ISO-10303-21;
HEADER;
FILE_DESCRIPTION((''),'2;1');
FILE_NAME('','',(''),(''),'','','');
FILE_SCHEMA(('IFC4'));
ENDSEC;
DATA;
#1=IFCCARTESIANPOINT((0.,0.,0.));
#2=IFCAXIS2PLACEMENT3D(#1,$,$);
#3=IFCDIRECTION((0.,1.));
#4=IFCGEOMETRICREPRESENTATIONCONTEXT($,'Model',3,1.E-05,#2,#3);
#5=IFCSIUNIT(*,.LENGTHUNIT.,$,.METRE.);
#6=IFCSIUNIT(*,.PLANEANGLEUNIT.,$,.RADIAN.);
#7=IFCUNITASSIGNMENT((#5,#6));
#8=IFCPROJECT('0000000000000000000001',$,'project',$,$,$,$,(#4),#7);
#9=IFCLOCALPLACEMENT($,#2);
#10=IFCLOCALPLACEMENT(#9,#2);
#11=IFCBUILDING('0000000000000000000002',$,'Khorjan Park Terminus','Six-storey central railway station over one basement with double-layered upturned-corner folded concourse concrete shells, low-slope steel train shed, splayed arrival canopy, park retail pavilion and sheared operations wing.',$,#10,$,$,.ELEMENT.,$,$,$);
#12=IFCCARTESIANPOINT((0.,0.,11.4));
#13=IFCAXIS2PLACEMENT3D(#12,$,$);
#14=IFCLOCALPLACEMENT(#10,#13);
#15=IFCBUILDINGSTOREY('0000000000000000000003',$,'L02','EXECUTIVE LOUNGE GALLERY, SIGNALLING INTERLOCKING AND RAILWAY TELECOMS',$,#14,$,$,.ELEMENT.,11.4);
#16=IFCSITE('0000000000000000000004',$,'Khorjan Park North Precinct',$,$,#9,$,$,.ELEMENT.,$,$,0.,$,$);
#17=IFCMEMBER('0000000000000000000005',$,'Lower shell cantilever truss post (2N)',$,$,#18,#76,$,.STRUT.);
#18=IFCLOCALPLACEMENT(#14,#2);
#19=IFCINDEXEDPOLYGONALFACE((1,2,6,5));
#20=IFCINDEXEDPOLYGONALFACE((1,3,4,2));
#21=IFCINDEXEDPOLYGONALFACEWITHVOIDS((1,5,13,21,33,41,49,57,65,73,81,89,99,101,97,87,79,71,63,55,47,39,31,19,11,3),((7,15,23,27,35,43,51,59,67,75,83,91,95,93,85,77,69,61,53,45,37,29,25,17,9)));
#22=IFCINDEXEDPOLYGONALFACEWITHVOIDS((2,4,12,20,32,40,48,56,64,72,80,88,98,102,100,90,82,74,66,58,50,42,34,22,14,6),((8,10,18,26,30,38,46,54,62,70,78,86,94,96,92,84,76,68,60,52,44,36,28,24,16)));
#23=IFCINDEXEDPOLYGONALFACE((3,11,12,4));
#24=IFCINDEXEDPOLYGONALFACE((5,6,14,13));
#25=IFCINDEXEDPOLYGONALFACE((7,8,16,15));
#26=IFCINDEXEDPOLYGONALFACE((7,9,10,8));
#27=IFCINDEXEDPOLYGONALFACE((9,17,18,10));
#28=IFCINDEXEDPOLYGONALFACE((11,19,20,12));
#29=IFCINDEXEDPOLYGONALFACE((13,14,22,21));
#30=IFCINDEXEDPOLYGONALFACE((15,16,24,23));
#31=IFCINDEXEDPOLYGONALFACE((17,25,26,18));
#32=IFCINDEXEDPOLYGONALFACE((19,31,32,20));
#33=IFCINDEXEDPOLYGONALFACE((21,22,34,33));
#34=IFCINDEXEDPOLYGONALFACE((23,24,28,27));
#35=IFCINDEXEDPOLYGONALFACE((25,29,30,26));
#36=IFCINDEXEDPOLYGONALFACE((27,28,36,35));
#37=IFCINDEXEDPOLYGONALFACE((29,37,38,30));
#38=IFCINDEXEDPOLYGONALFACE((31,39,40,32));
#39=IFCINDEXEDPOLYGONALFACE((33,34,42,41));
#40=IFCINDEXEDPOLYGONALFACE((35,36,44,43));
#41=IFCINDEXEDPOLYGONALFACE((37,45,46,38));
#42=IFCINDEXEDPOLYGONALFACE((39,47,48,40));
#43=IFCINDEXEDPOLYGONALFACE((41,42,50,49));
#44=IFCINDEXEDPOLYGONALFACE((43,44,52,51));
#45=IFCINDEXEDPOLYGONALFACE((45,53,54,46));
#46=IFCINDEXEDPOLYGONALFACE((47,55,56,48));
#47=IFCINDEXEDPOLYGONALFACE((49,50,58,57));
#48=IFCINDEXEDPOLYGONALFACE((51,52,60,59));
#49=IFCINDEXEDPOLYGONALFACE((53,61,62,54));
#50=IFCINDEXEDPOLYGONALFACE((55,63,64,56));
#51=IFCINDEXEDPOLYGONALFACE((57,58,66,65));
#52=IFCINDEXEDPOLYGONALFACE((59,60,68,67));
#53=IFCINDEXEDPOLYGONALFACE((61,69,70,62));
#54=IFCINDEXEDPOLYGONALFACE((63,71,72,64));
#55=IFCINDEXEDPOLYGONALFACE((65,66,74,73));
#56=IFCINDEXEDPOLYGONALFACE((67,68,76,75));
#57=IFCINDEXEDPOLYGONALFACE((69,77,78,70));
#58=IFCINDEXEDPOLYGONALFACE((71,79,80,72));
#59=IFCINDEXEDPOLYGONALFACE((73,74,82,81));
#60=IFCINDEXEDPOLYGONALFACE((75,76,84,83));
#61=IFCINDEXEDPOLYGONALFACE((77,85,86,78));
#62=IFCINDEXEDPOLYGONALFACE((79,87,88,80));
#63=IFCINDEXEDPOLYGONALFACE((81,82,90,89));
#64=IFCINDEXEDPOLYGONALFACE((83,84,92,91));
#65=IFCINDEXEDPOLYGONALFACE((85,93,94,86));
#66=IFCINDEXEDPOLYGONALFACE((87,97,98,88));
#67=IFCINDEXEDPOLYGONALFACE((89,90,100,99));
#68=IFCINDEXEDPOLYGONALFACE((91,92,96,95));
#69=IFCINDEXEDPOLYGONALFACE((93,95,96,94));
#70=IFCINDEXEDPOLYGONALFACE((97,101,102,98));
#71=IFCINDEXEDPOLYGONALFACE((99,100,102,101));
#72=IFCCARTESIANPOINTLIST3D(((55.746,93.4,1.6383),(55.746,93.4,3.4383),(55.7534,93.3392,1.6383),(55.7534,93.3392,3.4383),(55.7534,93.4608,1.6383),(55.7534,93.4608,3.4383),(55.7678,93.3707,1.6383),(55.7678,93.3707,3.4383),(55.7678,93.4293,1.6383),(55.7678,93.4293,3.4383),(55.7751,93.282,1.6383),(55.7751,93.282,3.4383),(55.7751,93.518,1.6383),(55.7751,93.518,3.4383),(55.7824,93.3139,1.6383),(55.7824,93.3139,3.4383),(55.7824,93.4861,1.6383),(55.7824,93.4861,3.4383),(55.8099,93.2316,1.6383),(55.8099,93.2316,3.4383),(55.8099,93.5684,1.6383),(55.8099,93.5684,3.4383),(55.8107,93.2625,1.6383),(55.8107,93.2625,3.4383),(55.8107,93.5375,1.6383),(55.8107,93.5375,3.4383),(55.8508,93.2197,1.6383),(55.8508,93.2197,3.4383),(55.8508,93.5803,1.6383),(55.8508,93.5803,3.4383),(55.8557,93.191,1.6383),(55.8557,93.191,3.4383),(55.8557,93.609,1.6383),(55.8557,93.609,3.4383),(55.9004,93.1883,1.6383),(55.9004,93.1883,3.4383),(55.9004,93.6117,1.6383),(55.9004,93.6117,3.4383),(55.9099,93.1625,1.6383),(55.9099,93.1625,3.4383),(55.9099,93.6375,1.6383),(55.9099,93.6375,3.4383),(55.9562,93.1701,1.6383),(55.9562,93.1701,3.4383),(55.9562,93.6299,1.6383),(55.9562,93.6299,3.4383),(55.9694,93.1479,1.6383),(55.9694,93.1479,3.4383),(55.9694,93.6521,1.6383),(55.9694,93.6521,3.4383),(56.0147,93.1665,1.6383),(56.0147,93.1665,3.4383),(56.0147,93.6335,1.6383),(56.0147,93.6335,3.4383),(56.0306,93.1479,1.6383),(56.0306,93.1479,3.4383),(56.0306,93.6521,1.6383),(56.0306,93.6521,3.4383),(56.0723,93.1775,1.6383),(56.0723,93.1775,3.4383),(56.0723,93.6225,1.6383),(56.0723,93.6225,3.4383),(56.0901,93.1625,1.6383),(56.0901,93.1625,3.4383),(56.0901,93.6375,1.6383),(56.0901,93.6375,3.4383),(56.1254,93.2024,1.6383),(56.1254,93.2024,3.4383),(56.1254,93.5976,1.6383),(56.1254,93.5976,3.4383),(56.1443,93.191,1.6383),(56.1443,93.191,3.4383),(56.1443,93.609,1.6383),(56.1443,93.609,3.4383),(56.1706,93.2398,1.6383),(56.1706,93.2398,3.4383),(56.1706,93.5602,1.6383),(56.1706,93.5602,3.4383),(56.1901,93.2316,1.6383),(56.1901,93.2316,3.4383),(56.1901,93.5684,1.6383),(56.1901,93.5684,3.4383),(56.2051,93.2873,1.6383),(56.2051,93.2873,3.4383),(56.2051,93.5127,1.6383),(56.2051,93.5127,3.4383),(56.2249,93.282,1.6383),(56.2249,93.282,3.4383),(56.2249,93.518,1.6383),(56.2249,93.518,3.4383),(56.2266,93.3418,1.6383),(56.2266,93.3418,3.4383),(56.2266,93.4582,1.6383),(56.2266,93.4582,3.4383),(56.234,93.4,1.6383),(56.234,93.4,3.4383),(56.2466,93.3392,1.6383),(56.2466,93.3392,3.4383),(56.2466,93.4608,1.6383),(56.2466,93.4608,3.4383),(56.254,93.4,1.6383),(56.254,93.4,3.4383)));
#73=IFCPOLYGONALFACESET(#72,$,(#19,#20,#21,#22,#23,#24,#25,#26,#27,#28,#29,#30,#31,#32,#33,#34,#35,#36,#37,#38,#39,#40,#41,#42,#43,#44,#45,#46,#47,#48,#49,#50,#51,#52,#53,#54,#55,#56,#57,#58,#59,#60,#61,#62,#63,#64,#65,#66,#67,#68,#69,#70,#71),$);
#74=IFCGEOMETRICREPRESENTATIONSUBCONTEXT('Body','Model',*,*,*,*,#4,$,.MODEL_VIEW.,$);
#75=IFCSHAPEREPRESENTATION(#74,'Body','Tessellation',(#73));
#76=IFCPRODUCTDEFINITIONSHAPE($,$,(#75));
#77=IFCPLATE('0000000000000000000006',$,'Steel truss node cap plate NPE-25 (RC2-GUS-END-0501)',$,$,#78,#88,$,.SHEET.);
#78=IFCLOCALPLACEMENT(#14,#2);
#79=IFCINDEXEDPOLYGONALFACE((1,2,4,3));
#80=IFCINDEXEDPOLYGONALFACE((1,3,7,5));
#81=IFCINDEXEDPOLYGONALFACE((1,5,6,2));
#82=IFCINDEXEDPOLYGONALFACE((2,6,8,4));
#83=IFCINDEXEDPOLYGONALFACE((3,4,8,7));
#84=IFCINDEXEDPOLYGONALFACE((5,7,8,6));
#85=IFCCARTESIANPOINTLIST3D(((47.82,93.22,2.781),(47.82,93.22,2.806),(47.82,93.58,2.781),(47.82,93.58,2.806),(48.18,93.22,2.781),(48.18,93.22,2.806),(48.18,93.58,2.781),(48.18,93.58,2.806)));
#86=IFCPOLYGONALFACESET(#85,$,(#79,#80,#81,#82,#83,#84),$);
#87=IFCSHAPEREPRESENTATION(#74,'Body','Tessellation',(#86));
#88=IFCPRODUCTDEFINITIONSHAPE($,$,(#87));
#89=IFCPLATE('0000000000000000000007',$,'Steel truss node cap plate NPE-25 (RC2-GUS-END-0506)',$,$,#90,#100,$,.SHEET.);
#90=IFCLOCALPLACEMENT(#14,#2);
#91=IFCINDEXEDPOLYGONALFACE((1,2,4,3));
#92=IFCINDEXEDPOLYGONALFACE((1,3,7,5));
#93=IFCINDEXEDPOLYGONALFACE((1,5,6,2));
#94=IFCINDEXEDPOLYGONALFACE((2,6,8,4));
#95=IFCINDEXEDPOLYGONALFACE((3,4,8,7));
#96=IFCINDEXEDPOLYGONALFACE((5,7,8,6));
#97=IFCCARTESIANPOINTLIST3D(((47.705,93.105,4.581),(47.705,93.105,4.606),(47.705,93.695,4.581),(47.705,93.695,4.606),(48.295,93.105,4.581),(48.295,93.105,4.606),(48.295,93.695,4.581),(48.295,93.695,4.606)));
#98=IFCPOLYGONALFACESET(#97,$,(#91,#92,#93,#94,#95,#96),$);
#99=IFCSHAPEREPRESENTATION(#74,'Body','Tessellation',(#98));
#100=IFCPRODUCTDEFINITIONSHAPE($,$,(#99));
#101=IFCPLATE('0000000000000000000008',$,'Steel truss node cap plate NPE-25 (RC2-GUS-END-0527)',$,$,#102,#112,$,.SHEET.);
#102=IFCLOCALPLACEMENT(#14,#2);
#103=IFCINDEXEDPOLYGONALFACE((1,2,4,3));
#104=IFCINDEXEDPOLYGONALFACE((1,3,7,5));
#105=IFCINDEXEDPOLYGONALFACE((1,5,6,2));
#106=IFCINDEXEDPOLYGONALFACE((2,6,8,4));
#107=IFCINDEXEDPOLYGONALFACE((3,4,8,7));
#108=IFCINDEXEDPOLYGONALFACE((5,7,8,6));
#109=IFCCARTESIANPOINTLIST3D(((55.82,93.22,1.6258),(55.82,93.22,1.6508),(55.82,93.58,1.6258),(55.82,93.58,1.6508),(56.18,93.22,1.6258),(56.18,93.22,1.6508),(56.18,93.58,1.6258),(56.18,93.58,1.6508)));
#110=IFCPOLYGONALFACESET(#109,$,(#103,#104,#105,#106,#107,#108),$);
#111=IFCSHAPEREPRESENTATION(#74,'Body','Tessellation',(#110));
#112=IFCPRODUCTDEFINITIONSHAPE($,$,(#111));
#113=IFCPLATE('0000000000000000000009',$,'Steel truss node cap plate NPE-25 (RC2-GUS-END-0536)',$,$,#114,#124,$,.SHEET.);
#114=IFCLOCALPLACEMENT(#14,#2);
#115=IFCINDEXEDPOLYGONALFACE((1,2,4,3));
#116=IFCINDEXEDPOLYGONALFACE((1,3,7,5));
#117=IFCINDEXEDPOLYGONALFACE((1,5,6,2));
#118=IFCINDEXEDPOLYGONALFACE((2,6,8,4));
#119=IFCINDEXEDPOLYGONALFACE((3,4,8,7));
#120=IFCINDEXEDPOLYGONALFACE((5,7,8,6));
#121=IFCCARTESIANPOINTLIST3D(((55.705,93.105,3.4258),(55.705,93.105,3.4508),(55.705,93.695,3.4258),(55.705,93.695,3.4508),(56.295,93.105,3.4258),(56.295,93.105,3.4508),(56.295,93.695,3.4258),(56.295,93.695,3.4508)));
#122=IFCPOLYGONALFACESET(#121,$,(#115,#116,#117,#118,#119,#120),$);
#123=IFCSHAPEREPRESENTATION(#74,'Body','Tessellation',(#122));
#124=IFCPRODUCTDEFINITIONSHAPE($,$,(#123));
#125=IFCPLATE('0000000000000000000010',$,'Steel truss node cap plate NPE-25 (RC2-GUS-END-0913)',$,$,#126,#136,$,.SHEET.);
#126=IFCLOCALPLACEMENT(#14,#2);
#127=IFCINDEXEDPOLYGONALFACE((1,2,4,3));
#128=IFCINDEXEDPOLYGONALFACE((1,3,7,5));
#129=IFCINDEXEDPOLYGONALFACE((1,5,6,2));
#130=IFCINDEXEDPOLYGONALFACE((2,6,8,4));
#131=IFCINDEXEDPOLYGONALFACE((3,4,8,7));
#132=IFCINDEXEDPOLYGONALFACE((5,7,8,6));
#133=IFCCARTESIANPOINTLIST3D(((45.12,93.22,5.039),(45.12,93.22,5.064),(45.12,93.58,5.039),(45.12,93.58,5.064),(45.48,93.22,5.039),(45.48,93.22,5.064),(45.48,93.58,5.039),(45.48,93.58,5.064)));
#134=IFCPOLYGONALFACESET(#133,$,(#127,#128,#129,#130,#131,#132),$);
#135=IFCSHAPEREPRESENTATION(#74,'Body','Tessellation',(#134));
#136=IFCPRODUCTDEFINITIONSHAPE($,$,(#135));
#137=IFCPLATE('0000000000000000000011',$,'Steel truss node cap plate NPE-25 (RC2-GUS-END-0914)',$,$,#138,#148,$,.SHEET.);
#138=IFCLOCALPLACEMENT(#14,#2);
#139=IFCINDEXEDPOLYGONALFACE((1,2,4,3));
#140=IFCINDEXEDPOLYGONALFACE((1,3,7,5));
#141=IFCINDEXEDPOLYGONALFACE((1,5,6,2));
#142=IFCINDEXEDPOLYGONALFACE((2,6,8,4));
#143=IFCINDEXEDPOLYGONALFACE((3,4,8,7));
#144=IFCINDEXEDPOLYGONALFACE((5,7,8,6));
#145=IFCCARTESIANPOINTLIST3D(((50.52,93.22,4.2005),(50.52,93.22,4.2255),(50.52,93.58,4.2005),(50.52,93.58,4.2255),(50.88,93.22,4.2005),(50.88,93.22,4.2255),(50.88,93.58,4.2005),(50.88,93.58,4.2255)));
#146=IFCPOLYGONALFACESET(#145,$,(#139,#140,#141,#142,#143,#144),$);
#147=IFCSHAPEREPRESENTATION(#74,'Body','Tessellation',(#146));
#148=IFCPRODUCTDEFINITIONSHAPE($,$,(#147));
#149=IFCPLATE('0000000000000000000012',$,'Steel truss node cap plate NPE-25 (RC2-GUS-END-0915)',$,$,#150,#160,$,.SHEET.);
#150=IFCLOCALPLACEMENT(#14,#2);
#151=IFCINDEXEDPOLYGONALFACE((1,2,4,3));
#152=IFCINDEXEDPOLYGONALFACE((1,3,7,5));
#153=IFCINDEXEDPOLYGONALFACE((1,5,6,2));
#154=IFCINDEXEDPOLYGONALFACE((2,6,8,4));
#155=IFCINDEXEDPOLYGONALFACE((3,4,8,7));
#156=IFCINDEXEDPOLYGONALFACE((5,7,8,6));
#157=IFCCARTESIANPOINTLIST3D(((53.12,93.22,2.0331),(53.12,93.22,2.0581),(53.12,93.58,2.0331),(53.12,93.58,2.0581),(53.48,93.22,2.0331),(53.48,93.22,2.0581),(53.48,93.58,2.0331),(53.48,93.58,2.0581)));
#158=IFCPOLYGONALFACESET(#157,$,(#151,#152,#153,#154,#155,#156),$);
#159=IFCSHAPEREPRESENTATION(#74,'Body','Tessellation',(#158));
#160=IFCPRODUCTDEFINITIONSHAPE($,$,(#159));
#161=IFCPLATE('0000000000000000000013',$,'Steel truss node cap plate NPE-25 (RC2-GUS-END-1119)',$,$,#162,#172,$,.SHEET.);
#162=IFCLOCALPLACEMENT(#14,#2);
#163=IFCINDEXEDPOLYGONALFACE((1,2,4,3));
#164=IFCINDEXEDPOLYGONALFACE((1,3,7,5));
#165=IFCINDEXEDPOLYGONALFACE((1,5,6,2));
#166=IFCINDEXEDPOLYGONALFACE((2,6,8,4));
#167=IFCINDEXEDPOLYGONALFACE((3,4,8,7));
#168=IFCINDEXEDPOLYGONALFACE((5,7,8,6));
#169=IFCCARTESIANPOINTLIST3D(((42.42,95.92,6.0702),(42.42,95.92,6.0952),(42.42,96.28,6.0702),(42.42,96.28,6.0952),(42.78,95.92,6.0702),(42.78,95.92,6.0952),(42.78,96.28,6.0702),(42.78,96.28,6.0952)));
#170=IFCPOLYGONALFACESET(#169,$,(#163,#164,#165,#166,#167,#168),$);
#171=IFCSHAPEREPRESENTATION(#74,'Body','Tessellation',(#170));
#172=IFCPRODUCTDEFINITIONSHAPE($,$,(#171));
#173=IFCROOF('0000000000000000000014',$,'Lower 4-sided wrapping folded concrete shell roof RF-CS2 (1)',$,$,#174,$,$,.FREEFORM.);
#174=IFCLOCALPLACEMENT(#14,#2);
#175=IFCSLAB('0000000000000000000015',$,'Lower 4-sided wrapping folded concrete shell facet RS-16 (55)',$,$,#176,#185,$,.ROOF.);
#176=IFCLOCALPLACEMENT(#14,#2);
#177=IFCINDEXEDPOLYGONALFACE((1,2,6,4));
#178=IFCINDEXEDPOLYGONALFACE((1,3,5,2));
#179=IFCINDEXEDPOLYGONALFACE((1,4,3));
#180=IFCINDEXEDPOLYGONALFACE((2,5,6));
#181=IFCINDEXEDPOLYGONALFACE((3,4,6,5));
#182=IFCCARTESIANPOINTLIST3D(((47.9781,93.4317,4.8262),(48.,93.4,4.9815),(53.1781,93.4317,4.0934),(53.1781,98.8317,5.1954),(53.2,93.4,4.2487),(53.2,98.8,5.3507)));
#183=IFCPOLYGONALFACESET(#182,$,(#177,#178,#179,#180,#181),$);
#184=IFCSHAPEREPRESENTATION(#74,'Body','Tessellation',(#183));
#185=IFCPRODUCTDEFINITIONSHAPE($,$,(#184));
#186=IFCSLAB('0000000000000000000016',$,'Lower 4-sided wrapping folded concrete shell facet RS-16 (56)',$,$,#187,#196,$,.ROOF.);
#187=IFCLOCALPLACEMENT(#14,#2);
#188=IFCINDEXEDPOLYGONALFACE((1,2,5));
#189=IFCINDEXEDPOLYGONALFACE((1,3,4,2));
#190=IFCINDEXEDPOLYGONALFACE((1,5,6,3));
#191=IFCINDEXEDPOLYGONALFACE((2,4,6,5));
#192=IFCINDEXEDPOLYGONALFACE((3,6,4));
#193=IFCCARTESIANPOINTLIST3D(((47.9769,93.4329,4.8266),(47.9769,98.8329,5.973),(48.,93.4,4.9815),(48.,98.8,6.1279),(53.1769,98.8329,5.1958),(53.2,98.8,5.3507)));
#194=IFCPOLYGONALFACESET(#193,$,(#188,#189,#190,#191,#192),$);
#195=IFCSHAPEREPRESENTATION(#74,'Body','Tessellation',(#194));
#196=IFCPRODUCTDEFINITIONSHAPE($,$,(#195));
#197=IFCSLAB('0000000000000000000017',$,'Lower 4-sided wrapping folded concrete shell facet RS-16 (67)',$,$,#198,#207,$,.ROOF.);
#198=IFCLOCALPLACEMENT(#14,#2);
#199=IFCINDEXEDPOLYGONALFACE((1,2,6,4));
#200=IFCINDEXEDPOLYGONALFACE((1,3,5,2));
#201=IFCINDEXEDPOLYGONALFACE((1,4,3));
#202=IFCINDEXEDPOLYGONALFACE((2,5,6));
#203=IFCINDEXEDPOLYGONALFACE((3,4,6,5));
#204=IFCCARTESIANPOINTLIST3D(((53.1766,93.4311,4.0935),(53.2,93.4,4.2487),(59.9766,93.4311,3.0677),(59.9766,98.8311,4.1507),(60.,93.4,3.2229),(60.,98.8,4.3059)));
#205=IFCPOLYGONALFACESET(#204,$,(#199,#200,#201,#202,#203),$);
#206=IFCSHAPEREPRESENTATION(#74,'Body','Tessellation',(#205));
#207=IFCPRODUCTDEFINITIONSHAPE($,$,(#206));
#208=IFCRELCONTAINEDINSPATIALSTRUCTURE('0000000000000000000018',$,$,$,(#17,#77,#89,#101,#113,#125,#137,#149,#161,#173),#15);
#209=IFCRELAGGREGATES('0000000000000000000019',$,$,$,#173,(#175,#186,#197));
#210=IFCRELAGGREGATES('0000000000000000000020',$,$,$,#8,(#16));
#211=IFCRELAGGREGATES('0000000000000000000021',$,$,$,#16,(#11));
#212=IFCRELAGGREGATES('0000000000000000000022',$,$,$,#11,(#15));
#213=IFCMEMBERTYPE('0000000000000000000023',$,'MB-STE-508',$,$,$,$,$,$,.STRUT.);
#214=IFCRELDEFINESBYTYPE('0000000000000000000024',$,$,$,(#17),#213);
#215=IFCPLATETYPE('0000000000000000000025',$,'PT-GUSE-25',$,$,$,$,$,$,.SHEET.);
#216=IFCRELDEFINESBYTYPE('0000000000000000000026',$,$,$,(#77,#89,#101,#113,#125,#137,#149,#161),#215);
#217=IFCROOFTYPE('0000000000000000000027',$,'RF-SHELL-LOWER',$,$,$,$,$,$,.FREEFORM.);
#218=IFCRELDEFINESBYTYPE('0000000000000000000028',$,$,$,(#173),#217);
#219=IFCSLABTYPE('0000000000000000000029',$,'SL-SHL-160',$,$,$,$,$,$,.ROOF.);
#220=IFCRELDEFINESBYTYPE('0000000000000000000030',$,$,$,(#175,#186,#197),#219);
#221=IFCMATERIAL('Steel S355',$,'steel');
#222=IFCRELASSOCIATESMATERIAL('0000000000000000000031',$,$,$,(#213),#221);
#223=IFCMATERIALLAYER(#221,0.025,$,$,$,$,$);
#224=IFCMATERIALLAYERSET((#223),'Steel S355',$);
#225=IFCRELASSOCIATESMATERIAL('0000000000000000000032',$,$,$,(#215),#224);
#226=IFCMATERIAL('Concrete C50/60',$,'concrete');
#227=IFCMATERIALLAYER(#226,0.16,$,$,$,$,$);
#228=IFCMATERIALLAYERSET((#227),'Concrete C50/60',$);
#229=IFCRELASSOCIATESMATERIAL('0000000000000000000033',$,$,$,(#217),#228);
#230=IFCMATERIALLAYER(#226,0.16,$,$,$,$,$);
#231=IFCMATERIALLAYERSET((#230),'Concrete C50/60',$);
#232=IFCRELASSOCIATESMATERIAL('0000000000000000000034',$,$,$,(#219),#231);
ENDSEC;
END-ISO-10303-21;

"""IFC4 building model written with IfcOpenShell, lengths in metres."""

from ifc_helpers import new_model, si_unit, direction, frame, origin, origin_2d, place, context, subcontext, project, spatial, polyline, rectangle, hollow_circle, outline, extrude, material, layer, layer_set, material_profile, profile_set, type_object, element, aggregate, save


model = new_model("IFC4")

# Units and contexts
model_context = context("Model", 3, precision=1e-05, world=origin(), true_north=direction((0.0, 1.0)))
body_context = subcontext(model_context, "Body", "Model", "MODEL_VIEW")
ifc_project = project(units=[si_unit("LENGTHUNIT", "METRE"), si_unit("PLANEANGLEUNIT", "RADIAN")], contexts=[model_context])

# Site, building, storey
site_placement = place(None, origin())
site = spatial("IfcSite", under=ifc_project, at=site_placement, Name="Khorjan Park North Precinct", CompositionType="ELEMENT", RefElevation=0.0)
building_placement = place(site_placement, origin())
building = spatial("IfcBuilding", under=site, at=building_placement, Name="Khorjan Park Terminus", Description="Six-storey central railway station over one basement with double-layered upturned-corner folded concourse concrete shells, low-slope steel train shed, splayed arrival canopy, park retail pavilion and sheared operations wing.", CompositionType="ELEMENT")
storey_placement = place(building_placement, frame((0.0, 0.0, 11.4)))
storey = spatial("IfcBuildingStorey", under=building, at=storey_placement, Name="L02", Description="EXECUTIVE LOUNGE GALLERY, SIGNALLING INTERLOCKING AND RAILWAY TELECOMS", CompositionType="ELEMENT", Elevation=11.4)

# Member
ifc_material_1 = material(Name="Steel S355", Category="steel")
ifc_material_profile_1 = material_profile(ifc_material_1, hollow_circle(Radius=0.254, WallThickness=0.02, at=origin_2d()), Name="CHS 508x20")
ifc_profile_set_1 = profile_set([ifc_material_profile_1], Name="Steel S355")
member_type_1 = type_object("IfcMemberType", Name="MB-STE-508", PredefinedType="STRUT", material=ifc_profile_set_1)
for number, where, z_axis, x_axis, name in (
    (1, (56.0, 93.4, 1.6383), (0.0, 0.0, 1.0), (1.0, 0.0, 0.0), "Lower shell cantilever truss post (2N)"),
):
    element("IfcMember", number, at=place(storey_placement, frame(where, z_axis=z_axis, x_axis=x_axis)), inside=storey, type_object=member_type_1, Name=name, PredefinedType="STRUT", context=body_context, shape_type="SweptSolid", body=[
        extrude(hollow_circle(Radius=0.254, WallThickness=0.02, at=origin_2d()), origin(), (0.0, 0.0, 1.0), 1.8),
    ])

# Plates
ifc_layer_1 = layer(ifc_material_1, 0.025)
ifc_layer_set_1 = layer_set([ifc_layer_1], Name="Steel S355")
plate_type = type_object("IfcPlateType", Name="PT-GUSE-25", PredefinedType="SHEET", material=ifc_layer_set_1)
plate_1_placement = place(storey_placement, frame((48.0, 93.4, 2.781), z_axis=(0.0, 0.0, 1.0), x_axis=(1.0, 0.0, 0.0)))
element("IfcPlate", 2, at=plate_1_placement, inside=storey, type_object=plate_type, Name="Steel truss node cap plate NPE-25 (RC2-GUS-END-0501)", PredefinedType="SHEET", context=body_context, shape_type="SweptSolid", body=[
    extrude(rectangle(XDim=0.36, YDim=0.36, at=origin_2d()), origin(), (0.0, 0.0, 1.0), 0.025),
])
plate_2_placement = place(storey_placement, frame((48.0, 93.4, 4.581), z_axis=(0.0, 0.0, 1.0), x_axis=(1.0, 0.0, 0.0)))
element("IfcPlate", 3, at=plate_2_placement, inside=storey, type_object=plate_type, Name="Steel truss node cap plate NPE-25 (RC2-GUS-END-0506)", PredefinedType="SHEET", context=body_context, shape_type="SweptSolid", body=[
    extrude(rectangle(XDim=0.59, YDim=0.59, at=origin_2d()), origin(), (0.0, 0.0, 1.0), 0.025),
])
plate_3_placement = place(storey_placement, frame((56.0, 93.4, 1.6258), z_axis=(0.0, 0.0, 1.0), x_axis=(1.0, 0.0, 0.0)))
element("IfcPlate", 4, at=plate_3_placement, inside=storey, type_object=plate_type, Name="Steel truss node cap plate NPE-25 (RC2-GUS-END-0527)", PredefinedType="SHEET", context=body_context, shape_type="SweptSolid", body=[
    extrude(rectangle(XDim=0.36, YDim=0.36, at=origin_2d()), origin(), (0.0, 0.0, 1.0), 0.025),
])
plate_4_placement = place(storey_placement, frame((56.0, 93.4, 3.4258), z_axis=(0.0, 0.0, 1.0), x_axis=(1.0, 0.0, 0.0)))
element("IfcPlate", 5, at=plate_4_placement, inside=storey, type_object=plate_type, Name="Steel truss node cap plate NPE-25 (RC2-GUS-END-0536)", PredefinedType="SHEET", context=body_context, shape_type="SweptSolid", body=[
    extrude(rectangle(XDim=0.59, YDim=0.59, at=origin_2d()), origin(), (0.0, 0.0, 1.0), 0.025),
])
for number, where, z_axis, x_axis, name in (
    (6, (45.3, 93.4, 5.039), (0.0, 0.0, 1.0), (1.0, 0.0, 0.0), "Steel truss node cap plate NPE-25 (RC2-GUS-END-0913)"),
    (7, (50.7, 93.4, 4.2005), (0.0, 0.0, 1.0), (1.0, 0.0, 0.0), "Steel truss node cap plate NPE-25 (RC2-GUS-END-0914)"),
    (8, (53.3, 93.4, 2.0331), (0.0, 0.0, 1.0), (1.0, 0.0, 0.0), "Steel truss node cap plate NPE-25 (RC2-GUS-END-0915)"),
    (9, (42.6, 96.1, 6.0702), (0.0, 0.0, 1.0), (1.0, 0.0, 0.0), "Steel truss node cap plate NPE-25 (RC2-GUS-END-1119)"),
):
    element("IfcPlate", number, at=place(storey_placement, frame(where, z_axis=z_axis, x_axis=x_axis)), inside=storey, type_object=plate_type, Name=name, PredefinedType="SHEET", context=body_context, shape_type="SweptSolid", body=[
        extrude(rectangle(XDim=0.36, YDim=0.36, at=origin_2d()), origin(), (0.0, 0.0, 1.0), 0.025),
    ])

# Roof, slabs
ifc_material_2 = material(Name="Concrete C50/60", Category="concrete")
ifc_layer_2 = layer(ifc_material_2, 0.16)
ifc_layer_set_2 = layer_set([ifc_layer_2], Name="Concrete C50/60")
roof_type = type_object("IfcRoofType", Name="RF-SHELL-LOWER", PredefinedType="FREEFORM", material=ifc_layer_set_2)
roof_placement = place(storey_placement, origin())
roof = element("IfcRoof", 10, at=roof_placement, inside=storey, type_object=roof_type, Name="Lower 4-sided wrapping folded concrete shell roof RF-CS2 (1)", PredefinedType="FREEFORM")
ifc_layer_3 = layer(ifc_material_2, 0.16)
ifc_layer_set_3 = layer_set([ifc_layer_3], Name="Concrete C50/60")
slab_type = type_object("IfcSlabType", Name="SL-SHL-160", PredefinedType="ROOF", material=ifc_layer_set_3)
slab_1_placement = place(storey_placement, frame((48.0, 93.4, 4.9815), z_axis=(0.136779, -0.198074, 0.970597), x_axis=(0.990216, 0.0, -0.139544)))
slab_1 = element("IfcSlab", 11, at=slab_1_placement, type_object=slab_type, Name="Lower 4-sided wrapping folded concrete shell facet RS-16 (55)", PredefinedType="ROOF", context=body_context, shape_type="SweptSolid", body=[
    extrude(outline(polyline([(0.0, 0.0), (5.2514, 0.0), (5.0976, 5.5092), (0.0, 0.0)])), origin(), (0.0, 0.0, -1.0), 0.16),
])
slab_2_placement = place(storey_placement, frame((48.0, 93.4, 4.9815), z_axis=(0.144665, -0.205484, 0.967909), x_axis=(0.692802, 0.719448, 0.049189)))
slab_2 = element("IfcSlab", 12, at=slab_2_placement, type_object=slab_type, Name="Lower 4-sided wrapping folded concrete shell facet RS-16 (56)", PredefinedType="ROOF", context=body_context, shape_type="SweptSolid", body=[
    extrude(outline(polyline([(0.0, 0.0), (7.5058, 0.0), (3.9414, 3.8652), (0.0, 0.0)])), origin(), (0.0, 0.0, -1.0), 0.16),
])
slab_3_placement = place(storey_placement, frame((53.2, 93.4, 4.2487), z_axis=(0.146316, -0.194524, 0.969924), x_axis=(0.988812, 0.0, -0.149165)))
slab_3 = element("IfcSlab", 13, at=slab_3_placement, type_object=slab_type, Name="Lower 4-sided wrapping folded concrete shell facet RS-16 (67)", PredefinedType="ROOF", context=body_context, shape_type="SweptSolid", body=[
    extrude(outline(polyline([(0.0, 0.0), (6.8769, 0.0), (6.7154, 5.5052), (0.0, 0.0)])), origin(), (0.0, 0.0, -1.0), 0.16),
])
aggregate(roof, [slab_1, slab_2, slab_3])

save(model, "model.ifc")
